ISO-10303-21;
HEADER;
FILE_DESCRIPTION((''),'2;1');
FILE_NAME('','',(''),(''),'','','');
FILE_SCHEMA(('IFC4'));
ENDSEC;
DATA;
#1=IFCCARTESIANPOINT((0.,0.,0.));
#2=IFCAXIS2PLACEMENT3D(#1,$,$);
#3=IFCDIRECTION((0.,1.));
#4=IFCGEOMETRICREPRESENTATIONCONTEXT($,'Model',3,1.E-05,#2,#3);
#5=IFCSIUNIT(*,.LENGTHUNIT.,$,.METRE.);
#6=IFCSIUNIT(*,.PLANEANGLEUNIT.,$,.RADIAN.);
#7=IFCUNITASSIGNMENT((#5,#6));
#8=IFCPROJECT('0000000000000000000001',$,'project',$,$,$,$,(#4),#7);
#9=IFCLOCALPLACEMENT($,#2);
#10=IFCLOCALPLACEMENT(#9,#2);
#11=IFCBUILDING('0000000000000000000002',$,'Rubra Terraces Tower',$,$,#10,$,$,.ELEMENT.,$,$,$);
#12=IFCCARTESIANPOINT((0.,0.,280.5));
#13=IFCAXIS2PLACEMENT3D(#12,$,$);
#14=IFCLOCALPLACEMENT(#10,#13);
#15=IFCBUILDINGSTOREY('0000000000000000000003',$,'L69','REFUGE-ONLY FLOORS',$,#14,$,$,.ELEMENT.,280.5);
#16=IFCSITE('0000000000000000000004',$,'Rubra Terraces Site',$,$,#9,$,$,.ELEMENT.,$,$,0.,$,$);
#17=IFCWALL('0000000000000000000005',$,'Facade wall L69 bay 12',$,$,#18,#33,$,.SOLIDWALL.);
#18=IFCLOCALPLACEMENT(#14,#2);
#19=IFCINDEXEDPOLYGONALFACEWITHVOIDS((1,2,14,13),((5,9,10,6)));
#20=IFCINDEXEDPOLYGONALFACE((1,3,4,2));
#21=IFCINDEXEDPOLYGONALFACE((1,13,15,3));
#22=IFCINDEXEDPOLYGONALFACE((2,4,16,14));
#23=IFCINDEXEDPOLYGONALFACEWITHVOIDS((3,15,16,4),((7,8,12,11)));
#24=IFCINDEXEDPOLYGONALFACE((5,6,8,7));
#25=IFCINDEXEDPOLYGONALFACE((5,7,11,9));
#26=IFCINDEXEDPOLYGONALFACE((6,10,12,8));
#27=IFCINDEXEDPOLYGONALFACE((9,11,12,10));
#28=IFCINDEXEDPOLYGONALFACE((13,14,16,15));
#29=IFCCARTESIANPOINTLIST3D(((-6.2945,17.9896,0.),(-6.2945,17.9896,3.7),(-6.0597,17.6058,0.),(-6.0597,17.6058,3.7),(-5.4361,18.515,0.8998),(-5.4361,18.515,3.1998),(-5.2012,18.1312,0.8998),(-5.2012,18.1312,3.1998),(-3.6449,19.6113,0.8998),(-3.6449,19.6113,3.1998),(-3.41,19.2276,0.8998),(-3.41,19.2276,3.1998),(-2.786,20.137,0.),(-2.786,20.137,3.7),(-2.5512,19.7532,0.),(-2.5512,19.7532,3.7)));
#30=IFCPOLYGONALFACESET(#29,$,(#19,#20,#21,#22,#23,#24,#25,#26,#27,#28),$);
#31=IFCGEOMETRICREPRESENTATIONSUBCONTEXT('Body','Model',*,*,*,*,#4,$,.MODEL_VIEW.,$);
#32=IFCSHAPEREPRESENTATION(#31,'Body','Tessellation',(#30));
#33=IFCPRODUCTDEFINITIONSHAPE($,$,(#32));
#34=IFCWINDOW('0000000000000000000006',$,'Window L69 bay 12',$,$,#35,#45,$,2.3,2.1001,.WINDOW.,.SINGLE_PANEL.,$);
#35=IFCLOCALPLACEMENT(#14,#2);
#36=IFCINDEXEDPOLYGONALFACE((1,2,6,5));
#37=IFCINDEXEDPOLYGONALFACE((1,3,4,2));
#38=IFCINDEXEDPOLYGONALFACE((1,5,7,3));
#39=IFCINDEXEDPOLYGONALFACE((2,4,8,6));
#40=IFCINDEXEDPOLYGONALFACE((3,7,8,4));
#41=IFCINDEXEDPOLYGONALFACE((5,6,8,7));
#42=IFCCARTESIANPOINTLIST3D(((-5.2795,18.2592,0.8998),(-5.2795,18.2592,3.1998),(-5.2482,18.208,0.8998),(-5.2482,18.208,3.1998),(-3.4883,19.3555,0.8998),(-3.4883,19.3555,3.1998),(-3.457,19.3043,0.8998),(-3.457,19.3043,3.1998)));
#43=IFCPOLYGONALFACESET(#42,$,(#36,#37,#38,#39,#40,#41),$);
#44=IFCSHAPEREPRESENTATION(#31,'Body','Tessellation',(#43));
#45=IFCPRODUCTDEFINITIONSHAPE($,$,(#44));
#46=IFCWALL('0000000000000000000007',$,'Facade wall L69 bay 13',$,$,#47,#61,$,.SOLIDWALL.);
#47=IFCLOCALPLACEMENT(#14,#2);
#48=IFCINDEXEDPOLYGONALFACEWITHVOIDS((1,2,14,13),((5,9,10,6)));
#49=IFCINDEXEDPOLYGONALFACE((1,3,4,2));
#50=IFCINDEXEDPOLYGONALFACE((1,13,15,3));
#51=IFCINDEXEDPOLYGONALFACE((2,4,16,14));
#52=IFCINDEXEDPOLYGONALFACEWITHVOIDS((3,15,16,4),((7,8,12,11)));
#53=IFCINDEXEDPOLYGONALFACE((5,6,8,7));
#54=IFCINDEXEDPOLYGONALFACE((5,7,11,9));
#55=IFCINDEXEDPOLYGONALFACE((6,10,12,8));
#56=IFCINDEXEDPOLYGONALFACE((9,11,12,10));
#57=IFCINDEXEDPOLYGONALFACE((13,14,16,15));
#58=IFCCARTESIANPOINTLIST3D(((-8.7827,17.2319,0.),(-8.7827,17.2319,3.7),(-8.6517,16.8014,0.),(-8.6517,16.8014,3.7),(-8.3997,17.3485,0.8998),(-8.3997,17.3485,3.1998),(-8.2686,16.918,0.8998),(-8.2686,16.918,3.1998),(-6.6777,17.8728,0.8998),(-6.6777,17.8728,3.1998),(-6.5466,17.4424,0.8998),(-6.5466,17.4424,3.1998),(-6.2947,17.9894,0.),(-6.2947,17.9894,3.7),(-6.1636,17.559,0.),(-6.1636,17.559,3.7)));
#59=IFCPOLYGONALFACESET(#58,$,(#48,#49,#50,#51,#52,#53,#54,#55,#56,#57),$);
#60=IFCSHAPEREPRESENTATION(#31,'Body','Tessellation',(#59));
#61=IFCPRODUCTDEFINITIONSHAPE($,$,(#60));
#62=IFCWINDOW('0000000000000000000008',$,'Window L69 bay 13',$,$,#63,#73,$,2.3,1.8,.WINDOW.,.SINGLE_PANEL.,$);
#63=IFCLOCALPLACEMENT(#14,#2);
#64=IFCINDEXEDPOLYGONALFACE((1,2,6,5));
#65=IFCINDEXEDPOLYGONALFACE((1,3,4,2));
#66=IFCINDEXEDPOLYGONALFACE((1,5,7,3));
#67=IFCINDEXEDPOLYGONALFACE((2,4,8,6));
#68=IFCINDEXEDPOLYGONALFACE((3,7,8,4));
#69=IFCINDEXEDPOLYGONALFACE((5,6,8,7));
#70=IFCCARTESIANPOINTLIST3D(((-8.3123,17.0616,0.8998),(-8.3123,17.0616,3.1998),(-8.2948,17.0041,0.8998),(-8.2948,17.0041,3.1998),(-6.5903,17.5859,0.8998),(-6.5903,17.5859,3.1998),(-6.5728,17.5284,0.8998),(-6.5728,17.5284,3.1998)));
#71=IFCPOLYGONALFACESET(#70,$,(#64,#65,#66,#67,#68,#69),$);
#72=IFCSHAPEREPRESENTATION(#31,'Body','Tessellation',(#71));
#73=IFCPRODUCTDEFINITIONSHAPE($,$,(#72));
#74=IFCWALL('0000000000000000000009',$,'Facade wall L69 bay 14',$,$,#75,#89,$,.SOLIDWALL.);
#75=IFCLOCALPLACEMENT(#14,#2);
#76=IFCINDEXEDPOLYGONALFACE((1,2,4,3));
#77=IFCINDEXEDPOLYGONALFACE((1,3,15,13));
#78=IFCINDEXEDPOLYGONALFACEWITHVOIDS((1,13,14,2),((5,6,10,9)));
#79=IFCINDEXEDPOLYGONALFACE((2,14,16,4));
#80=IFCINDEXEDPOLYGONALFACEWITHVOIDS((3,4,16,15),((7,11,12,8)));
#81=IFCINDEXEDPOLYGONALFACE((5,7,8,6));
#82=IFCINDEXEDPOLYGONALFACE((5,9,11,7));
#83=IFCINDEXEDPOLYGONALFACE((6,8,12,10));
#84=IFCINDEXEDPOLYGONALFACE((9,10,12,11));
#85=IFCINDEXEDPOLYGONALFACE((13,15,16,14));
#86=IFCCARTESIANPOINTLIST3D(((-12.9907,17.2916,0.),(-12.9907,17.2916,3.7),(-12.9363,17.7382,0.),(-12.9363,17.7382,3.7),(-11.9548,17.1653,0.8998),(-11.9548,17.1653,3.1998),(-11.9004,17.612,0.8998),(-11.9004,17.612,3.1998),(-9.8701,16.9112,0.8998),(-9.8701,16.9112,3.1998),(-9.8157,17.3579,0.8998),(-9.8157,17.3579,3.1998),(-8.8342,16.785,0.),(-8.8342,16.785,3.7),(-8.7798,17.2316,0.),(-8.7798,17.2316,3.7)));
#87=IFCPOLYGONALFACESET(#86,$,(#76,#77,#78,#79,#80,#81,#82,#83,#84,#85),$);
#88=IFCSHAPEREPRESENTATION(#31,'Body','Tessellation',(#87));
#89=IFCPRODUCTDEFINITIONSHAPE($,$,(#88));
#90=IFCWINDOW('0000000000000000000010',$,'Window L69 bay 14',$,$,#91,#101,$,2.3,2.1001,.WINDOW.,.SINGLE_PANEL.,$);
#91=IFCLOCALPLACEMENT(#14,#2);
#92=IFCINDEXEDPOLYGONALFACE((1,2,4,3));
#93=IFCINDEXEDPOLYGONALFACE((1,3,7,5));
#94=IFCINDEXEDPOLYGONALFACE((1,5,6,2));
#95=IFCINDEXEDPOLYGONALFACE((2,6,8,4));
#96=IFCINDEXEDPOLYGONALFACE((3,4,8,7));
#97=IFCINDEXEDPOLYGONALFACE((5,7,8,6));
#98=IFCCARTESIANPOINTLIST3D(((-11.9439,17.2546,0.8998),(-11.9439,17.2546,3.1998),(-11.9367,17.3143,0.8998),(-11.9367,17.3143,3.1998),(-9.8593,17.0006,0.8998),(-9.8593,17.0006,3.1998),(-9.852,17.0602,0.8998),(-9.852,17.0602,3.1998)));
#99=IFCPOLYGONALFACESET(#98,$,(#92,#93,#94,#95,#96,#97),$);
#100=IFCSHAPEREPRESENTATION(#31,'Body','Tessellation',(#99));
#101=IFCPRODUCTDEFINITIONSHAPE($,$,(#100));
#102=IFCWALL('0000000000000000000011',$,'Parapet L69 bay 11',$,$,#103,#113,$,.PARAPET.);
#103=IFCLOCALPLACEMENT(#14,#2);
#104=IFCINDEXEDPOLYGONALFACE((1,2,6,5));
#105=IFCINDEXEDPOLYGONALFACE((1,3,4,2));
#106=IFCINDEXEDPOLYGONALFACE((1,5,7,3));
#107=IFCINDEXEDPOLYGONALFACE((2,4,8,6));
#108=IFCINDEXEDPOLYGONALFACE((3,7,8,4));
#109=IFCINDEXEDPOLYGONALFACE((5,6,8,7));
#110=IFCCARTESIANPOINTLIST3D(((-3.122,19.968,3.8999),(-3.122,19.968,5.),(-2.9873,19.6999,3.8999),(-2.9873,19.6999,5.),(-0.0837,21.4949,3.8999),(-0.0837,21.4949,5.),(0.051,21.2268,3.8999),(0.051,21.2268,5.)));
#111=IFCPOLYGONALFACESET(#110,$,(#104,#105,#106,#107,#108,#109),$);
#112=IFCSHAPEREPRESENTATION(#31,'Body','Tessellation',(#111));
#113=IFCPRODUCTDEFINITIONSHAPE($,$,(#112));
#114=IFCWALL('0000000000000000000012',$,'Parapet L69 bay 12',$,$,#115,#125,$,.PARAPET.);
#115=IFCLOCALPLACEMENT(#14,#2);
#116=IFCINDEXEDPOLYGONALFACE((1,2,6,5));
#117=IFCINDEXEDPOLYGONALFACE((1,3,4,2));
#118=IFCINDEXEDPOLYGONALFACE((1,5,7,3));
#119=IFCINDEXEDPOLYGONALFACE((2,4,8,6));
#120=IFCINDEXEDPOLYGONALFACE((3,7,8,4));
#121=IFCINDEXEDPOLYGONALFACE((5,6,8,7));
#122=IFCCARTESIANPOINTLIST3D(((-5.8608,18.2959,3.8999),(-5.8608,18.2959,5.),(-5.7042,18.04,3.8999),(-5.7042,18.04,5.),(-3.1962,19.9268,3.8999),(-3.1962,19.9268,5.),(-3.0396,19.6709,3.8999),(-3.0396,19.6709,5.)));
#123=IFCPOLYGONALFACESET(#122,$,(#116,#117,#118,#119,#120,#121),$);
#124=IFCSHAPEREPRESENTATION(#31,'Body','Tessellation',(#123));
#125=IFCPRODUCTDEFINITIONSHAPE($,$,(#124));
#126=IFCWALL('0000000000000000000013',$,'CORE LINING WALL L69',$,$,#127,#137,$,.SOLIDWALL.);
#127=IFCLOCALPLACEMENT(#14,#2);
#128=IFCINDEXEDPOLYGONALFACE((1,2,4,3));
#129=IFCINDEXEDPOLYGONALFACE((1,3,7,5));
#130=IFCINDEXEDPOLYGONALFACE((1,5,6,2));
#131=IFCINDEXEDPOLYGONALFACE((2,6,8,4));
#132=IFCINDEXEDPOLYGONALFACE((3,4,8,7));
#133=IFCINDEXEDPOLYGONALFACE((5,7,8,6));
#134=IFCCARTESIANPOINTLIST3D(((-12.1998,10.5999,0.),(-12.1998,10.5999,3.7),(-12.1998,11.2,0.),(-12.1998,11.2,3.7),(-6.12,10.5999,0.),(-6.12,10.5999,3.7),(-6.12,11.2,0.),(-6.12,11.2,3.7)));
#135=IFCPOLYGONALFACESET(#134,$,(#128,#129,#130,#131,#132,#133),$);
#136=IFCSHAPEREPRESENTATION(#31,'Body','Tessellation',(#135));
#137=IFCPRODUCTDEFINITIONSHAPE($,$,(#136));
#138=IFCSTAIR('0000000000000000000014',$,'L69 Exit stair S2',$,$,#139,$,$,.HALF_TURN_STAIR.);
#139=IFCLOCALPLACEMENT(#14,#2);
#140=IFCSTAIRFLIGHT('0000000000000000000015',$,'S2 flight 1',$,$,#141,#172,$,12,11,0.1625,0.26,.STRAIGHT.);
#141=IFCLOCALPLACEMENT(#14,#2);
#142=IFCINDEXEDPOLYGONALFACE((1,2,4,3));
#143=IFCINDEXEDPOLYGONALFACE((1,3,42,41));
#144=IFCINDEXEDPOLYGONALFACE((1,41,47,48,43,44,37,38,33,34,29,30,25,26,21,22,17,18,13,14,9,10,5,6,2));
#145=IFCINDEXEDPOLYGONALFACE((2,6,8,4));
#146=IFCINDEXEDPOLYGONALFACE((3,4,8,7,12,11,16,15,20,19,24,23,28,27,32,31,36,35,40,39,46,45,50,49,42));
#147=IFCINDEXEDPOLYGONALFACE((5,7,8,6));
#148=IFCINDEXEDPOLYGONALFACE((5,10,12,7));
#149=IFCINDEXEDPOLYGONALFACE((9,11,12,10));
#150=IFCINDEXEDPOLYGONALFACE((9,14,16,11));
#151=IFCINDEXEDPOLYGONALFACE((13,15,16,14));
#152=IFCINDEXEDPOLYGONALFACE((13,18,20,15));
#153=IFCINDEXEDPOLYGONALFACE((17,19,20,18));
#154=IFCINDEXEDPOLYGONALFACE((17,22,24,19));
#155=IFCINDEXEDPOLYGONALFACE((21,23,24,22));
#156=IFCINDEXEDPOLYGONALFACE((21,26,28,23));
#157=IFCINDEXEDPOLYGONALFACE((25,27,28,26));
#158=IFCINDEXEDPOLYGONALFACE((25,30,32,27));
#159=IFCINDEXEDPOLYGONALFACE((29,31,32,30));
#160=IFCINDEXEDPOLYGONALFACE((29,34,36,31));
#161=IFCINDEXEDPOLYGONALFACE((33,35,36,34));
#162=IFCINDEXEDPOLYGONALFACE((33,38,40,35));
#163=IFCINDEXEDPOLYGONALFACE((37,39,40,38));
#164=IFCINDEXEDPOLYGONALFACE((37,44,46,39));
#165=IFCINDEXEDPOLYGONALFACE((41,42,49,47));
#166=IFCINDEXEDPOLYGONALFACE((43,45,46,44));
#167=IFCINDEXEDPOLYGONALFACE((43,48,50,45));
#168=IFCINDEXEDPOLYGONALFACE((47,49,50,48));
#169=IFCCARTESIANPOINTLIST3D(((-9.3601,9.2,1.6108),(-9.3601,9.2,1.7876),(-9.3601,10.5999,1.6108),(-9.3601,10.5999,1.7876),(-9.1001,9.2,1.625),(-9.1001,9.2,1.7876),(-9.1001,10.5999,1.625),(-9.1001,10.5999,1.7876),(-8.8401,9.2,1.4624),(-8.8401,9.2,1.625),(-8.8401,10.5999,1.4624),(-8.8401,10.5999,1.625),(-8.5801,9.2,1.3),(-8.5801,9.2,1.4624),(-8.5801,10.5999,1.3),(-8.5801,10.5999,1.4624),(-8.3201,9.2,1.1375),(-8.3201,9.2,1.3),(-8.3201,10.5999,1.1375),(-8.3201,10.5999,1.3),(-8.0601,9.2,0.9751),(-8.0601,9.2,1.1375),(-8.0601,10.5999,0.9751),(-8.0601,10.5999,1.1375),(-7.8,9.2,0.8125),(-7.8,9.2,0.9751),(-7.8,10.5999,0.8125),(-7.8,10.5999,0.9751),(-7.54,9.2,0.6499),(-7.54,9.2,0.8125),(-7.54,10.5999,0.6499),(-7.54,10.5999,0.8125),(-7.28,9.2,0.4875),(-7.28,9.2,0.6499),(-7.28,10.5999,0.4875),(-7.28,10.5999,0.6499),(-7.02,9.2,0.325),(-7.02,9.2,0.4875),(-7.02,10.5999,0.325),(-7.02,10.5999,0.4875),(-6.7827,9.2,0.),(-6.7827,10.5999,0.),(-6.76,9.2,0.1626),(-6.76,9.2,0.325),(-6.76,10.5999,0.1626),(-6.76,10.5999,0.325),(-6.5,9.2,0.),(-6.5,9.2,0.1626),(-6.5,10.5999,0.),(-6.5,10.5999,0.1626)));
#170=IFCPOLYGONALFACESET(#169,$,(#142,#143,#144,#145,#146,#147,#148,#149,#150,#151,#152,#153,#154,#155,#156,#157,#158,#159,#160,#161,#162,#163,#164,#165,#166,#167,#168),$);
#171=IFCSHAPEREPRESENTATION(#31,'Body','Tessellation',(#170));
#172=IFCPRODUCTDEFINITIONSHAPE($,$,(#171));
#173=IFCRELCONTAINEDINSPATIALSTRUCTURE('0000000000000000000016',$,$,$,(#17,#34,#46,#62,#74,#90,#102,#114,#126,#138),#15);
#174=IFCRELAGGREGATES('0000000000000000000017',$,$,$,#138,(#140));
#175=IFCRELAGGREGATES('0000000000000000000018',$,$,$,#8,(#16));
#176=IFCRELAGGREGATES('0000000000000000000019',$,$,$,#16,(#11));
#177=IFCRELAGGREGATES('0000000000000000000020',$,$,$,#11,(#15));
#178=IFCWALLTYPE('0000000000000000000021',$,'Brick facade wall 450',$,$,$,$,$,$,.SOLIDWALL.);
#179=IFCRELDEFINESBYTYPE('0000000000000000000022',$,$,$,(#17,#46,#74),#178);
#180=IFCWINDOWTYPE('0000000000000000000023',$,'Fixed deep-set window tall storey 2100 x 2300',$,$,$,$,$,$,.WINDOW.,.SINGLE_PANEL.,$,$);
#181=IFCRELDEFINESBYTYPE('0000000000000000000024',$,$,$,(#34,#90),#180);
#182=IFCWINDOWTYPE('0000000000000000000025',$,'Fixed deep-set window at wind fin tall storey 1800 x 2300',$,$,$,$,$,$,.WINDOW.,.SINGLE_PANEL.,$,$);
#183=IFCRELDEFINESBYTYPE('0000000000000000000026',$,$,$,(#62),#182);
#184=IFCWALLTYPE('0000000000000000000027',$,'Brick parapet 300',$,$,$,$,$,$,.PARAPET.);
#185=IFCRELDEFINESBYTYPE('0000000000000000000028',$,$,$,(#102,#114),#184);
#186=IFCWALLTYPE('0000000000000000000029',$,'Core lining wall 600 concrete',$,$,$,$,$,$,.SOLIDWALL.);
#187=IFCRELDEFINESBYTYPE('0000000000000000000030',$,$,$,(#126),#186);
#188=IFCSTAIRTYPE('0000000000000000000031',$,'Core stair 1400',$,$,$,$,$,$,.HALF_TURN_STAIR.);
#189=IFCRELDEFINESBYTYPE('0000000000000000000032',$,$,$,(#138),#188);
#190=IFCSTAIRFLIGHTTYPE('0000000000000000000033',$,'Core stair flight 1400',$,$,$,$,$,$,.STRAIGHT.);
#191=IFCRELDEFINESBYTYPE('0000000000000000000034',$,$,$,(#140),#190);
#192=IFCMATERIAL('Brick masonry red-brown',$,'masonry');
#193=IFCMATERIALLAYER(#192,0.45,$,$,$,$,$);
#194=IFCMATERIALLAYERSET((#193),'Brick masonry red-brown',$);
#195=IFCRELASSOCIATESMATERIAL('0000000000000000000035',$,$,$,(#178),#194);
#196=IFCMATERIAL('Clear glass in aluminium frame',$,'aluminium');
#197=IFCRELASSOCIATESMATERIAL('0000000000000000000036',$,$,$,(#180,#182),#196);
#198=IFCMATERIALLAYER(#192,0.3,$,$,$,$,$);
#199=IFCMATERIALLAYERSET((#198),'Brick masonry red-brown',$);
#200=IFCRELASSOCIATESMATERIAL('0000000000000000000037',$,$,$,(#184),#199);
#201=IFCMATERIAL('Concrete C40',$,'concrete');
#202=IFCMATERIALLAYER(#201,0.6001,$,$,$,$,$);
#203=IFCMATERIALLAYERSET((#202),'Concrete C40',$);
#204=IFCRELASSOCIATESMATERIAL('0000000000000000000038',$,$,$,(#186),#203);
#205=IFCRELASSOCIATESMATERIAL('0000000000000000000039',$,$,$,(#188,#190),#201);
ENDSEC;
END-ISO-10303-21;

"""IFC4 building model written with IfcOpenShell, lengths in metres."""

from ifc_helpers import new_model, si_unit, direction, frame, frame_2d, origin, place, context, subcontext, project, spatial, polyline, rectangle, outline, extrude, material, layer, layer_set, type_object, element, fill, aggregate, save


model = new_model("IFC4")

# Units and contexts
model_context = context("Model", 3, precision=1e-05, world=origin(), true_north=direction((0.0, 1.0)))
body_context = subcontext(model_context, "Body", "Model", "MODEL_VIEW")
ifc_project = project(units=[si_unit("LENGTHUNIT", "METRE"), si_unit("PLANEANGLEUNIT", "RADIAN")], contexts=[model_context])

# Site, building, storey
site_placement = place(None, origin())
site = spatial("IfcSite", under=ifc_project, at=site_placement, Name="Rubra Terraces Site", CompositionType="ELEMENT", RefElevation=0.0)
building_placement = place(site_placement, origin())
building = spatial("IfcBuilding", under=site, at=building_placement, Name="Rubra Terraces Tower", CompositionType="ELEMENT")
storey_placement = place(building_placement, frame((0.0, 0.0, 280.5)))
storey = spatial("IfcBuildingStorey", under=building, at=storey_placement, Name="L69", Description="REFUGE-ONLY FLOORS", CompositionType="ELEMENT", Elevation=280.5)

# Walls, openings, windows
ifc_material_1 = material(Name="Brick masonry red-brown", Category="masonry")
ifc_layer_1 = layer(ifc_material_1, 0.45)
ifc_layer_set_1 = layer_set([ifc_layer_1], Name="Brick masonry red-brown")
wall_type_1 = type_object("IfcWallType", Name="Brick facade wall 450", PredefinedType="SOLIDWALL", material=ifc_layer_set_1)
wall_1_placement = place(storey_placement, frame((-2.6687, 19.9451, 0.0), z_axis=(0.0, 0.0, 1.0), x_axis=(-0.852919, -0.522043, 0.0)))
wall_1 = element("IfcWall", 1, at=wall_1_placement, inside=storey, type_object=wall_type_1, Name="Facade wall L69 bay 12", PredefinedType="SOLIDWALL", context=body_context, shape_type="SweptSolid", body=[
    extrude(rectangle(XDim=4.1135, YDim=0.45, at=frame_2d((2.0566, 0.0))), origin(), (0.0, 0.0, 1.0), 3.7),
])
opening_1_placement = place(wall_1_placement, frame((1.0068, 0.0, 0.8999)))
opening_1 = element("IfcOpeningElement", 2, at=opening_1_placement, cuts=wall_1, PredefinedType="OPENING", context=body_context, shape_type="SweptSolid", body=[
    extrude(rectangle(XDim=2.1001, YDim=2.3, at=frame_2d((1.05, 1.1499))), frame((0.0, 0.2349, 0.0), z_axis=(0.0, -1.0, 0.0), x_axis=(1.0, 0.0, 0.0)), (0.0, 0.0, 1.0), 0.47),
])
ifc_material_2 = material(Name="Clear glass in aluminium frame", Category="aluminium")
window_type_1 = type_object("IfcWindowType", Name="Fixed deep-set window tall storey 2100 x 2300", PartitioningType="SINGLE_PANEL", PredefinedType="WINDOW", material=ifc_material_2)
window_1_placement = place(opening_1_placement, origin())
window_1 = element("IfcWindow", 3, at=window_1_placement, inside=storey, type_object=window_type_1, Name="Window L69 bay 12", OverallHeight=2.3, OverallWidth=2.1001, PartitioningType="SINGLE_PANEL", PredefinedType="WINDOW", context=body_context, shape_type="SweptSolid", body=[
    extrude(rectangle(XDim=2.1001, YDim=2.3, at=frame_2d((1.05, 1.1499))), frame((0.0, 0.135, 0.0), z_axis=(0.0, -1.0, 0.0), x_axis=(1.0, 0.0, 0.0)), (0.0, 0.0, 1.0), 0.0601),
])
fill(opening_1, window_1)
wall_2_placement = place(storey_placement, frame((-6.2292, 17.7742, 0.0), z_axis=(0.0, 0.0, 1.0), x_axis=(-0.956637, -0.291281, 0.0)))
wall_2 = element("IfcWall", 4, at=wall_2_placement, inside=storey, type_object=wall_type_1, Name="Facade wall L69 bay 13", PredefinedType="SOLIDWALL", context=body_context, shape_type="SweptSolid", body=[
    extrude(rectangle(XDim=2.6008, YDim=0.45, at=frame_2d((1.3003, 0.0))), origin(), (0.0, 0.0, 1.0), 3.7),
])
opening_2_placement = place(wall_2_placement, frame((0.4004, 0.0, 0.8999)))
opening_2 = element("IfcOpeningElement", 5, at=opening_2_placement, cuts=wall_2, PredefinedType="OPENING", context=body_context, shape_type="SweptSolid", body=[
    extrude(rectangle(XDim=1.8, YDim=2.3, at=frame_2d((0.8999, 1.1499))), frame((0.0, 0.2349, 0.0), z_axis=(0.0, -1.0, 0.0), x_axis=(1.0, 0.0, 0.0)), (0.0, 0.0, 1.0), 0.47),
])
window_type_2 = type_object("IfcWindowType", Name="Fixed deep-set window at wind fin tall storey 1800 x 2300", PartitioningType="SINGLE_PANEL", PredefinedType="WINDOW", material=ifc_material_2)
window_2_placement = place(opening_2_placement, origin())
window_2 = element("IfcWindow", 6, at=window_2_placement, inside=storey, type_object=window_type_2, Name="Window L69 bay 13", OverallHeight=2.3, OverallWidth=1.8, PartitioningType="SINGLE_PANEL", PredefinedType="WINDOW", context=body_context, shape_type="SweptSolid", body=[
    extrude(rectangle(XDim=1.8, YDim=2.3, at=frame_2d((0.8999, 1.1499))), frame((0.0, 0.135, 0.0), z_axis=(0.0, -1.0, 0.0), x_axis=(1.0, 0.0, 0.0)), (0.0, 0.0, 1.0), 0.0601),
])
fill(opening_2, window_2)
wall_3_placement = place(storey_placement, frame((-8.8069, 17.0083, 0.0), z_axis=(0.0, 0.0, 1.0), x_axis=(-0.992654, 0.120984, 0.0)))
wall_3 = element("IfcWall", 7, at=wall_3_placement, inside=storey, type_object=wall_type_1, Name="Facade wall L69 bay 14", PredefinedType="SOLIDWALL", context=body_context, shape_type="SweptSolid", body=[
    extrude(rectangle(XDim=4.1873, YDim=0.45, at=frame_2d((2.0938, 0.0))), origin(), (0.0, 0.0, 1.0), 3.7),
])
opening_3_placement = place(wall_3_placement, frame((1.0437, 0.0, 0.8999)))
opening_3 = element("IfcOpeningElement", 8, at=opening_3_placement, cuts=wall_3, PredefinedType="OPENING", context=body_context, shape_type="SweptSolid", body=[
    extrude(rectangle(XDim=2.1001, YDim=2.3, at=frame_2d((1.05, 1.1499))), frame((0.0, 0.2349, 0.0), z_axis=(0.0, -1.0, 0.0), x_axis=(1.0, 0.0, 0.0)), (0.0, 0.0, 1.0), 0.47),
])
window_3_placement = place(opening_3_placement, origin())
window_3 = element("IfcWindow", 9, at=window_3_placement, inside=storey, type_object=window_type_1, Name="Window L69 bay 14", OverallHeight=2.3, OverallWidth=2.1001, PartitioningType="SINGLE_PANEL", PredefinedType="WINDOW", context=body_context, shape_type="SweptSolid", body=[
    extrude(rectangle(XDim=2.1001, YDim=2.3, at=frame_2d((1.05, 1.1499))), frame((0.0, 0.135, 0.0), z_axis=(0.0, -1.0, 0.0), x_axis=(1.0, 0.0, 0.0)), (0.0, 0.0, 1.0), 0.0601),
])
fill(opening_3, window_3)

# Walls
ifc_layer_2 = layer(ifc_material_1, 0.3)
ifc_layer_set_2 = layer_set([ifc_layer_2], Name="Brick masonry red-brown")
wall_type_2 = type_object("IfcWallType", Name="Brick parapet 300", PredefinedType="PARAPET", material=ifc_layer_set_2)
wall_4_placement = place(storey_placement, frame((-0.0164, 21.3608, 3.8999), z_axis=(0.0, 0.0, 1.0), x_axis=(-0.893521, -0.449022, 0.0)))
element("IfcWall", 10, at=wall_4_placement, inside=storey, type_object=wall_type_2, Name="Parapet L69 bay 11", PredefinedType="PARAPET", context=body_context, shape_type="SweptSolid", body=[
    extrude(rectangle(XDim=3.4004, YDim=0.3, at=frame_2d((1.7002, 0.0))), origin(), (0.0, 0.0, 1.0), 1.1001),
])
wall_5_placement = place(storey_placement, frame((-3.1179, 19.7988, 3.8999), z_axis=(0.0, 0.0, 1.0), x_axis=(-0.852922, -0.522038, 0.0)))
element("IfcWall", 11, at=wall_5_placement, inside=storey, type_object=wall_type_2, Name="Parapet L69 bay 12", PredefinedType="PARAPET", context=body_context, shape_type="SweptSolid", body=[
    extrude(rectangle(XDim=3.124, YDim=0.3, at=frame_2d((1.562, 0.0))), origin(), (0.0, 0.0, 1.0), 1.1001),
])
ifc_material_3 = material(Name="Concrete C40", Category="concrete")
ifc_layer_3 = layer(ifc_material_3, 0.6001)
ifc_layer_set_3 = layer_set([ifc_layer_3], Name="Concrete C40")
wall_type_3 = type_object("IfcWallType", Name="Core lining wall 600 concrete", PredefinedType="SOLIDWALL", material=ifc_layer_set_3)
wall_6_placement = place(storey_placement, frame((-12.2, 10.8999, 0.0), z_axis=(0.0, 0.0, 1.0), x_axis=(1.0, 0.0, 0.0)))
element("IfcWall", 12, at=wall_6_placement, inside=storey, type_object=wall_type_3, Name="CORE LINING WALL L69", PredefinedType="SOLIDWALL", context=body_context, shape_type="SweptSolid", body=[
    extrude(rectangle(XDim=6.0798, YDim=0.6001, at=frame_2d((3.04, 0.0))), origin(), (0.0, 0.0, 1.0), 3.7),
])

# Stair, stair flight
stair_type = type_object("IfcStairType", Name="Core stair 1400", PredefinedType="HALF_TURN_STAIR", material=ifc_material_3)
stair_placement = place(storey_placement, origin())
stair = element("IfcStair", 13, at=stair_placement, inside=storey, type_object=stair_type, Name="L69 Exit stair S2", PredefinedType="HALF_TURN_STAIR")
stair_flight_type = type_object("IfcStairFlightType", Name="Core stair flight 1400", PredefinedType="STRAIGHT", material=ifc_material_3)
stair_flight_placement = place(storey_placement, frame((-6.5, 9.8999, 0.0), z_axis=(0.0, 0.0, 1.0), x_axis=(-1.0, 0.0, 0.0)))
stair_flight = element("IfcStairFlight", 14, at=stair_flight_placement, type_object=stair_flight_type, Name="S2 flight 1", NumberOfRisers=12, NumberOfTreads=11, PredefinedType="STRAIGHT", RiserHeight=0.1625, TreadLength=0.26, context=body_context, shape_type="SweptSolid", body=[
    extrude(outline(polyline([(0.0, 0.0), (0.0, 0.1626), (0.26, 0.1626), (0.26, 0.325), (0.52, 0.325), (0.52, 0.4875), (0.78, 0.4875), (0.78, 0.6499), (1.04, 0.6499), (1.04, 0.8125), (1.3, 0.8125), (1.3, 0.9751), (1.5601, 0.9751), (1.5601, 1.1375), (1.8201, 1.1375), (1.8201, 1.3), (2.0801, 1.3), (2.0801, 1.4624), (2.3401, 1.4624), (2.3401, 1.625), (2.6001, 1.625), (2.6001, 1.7876), (2.8601, 1.7876), (2.8601, 1.95), (2.8601, 1.6108), (0.2827, 0.0), (0.0, 0.0)])), frame((0.0, 0.7, 0.0), z_axis=(0.0, -1.0, 0.0), x_axis=(1.0, 0.0, 0.0)), (0.0, 0.0, 1.0), 1.3999),
])
aggregate(stair, [stair_flight])

save(model, "model.ifc")
